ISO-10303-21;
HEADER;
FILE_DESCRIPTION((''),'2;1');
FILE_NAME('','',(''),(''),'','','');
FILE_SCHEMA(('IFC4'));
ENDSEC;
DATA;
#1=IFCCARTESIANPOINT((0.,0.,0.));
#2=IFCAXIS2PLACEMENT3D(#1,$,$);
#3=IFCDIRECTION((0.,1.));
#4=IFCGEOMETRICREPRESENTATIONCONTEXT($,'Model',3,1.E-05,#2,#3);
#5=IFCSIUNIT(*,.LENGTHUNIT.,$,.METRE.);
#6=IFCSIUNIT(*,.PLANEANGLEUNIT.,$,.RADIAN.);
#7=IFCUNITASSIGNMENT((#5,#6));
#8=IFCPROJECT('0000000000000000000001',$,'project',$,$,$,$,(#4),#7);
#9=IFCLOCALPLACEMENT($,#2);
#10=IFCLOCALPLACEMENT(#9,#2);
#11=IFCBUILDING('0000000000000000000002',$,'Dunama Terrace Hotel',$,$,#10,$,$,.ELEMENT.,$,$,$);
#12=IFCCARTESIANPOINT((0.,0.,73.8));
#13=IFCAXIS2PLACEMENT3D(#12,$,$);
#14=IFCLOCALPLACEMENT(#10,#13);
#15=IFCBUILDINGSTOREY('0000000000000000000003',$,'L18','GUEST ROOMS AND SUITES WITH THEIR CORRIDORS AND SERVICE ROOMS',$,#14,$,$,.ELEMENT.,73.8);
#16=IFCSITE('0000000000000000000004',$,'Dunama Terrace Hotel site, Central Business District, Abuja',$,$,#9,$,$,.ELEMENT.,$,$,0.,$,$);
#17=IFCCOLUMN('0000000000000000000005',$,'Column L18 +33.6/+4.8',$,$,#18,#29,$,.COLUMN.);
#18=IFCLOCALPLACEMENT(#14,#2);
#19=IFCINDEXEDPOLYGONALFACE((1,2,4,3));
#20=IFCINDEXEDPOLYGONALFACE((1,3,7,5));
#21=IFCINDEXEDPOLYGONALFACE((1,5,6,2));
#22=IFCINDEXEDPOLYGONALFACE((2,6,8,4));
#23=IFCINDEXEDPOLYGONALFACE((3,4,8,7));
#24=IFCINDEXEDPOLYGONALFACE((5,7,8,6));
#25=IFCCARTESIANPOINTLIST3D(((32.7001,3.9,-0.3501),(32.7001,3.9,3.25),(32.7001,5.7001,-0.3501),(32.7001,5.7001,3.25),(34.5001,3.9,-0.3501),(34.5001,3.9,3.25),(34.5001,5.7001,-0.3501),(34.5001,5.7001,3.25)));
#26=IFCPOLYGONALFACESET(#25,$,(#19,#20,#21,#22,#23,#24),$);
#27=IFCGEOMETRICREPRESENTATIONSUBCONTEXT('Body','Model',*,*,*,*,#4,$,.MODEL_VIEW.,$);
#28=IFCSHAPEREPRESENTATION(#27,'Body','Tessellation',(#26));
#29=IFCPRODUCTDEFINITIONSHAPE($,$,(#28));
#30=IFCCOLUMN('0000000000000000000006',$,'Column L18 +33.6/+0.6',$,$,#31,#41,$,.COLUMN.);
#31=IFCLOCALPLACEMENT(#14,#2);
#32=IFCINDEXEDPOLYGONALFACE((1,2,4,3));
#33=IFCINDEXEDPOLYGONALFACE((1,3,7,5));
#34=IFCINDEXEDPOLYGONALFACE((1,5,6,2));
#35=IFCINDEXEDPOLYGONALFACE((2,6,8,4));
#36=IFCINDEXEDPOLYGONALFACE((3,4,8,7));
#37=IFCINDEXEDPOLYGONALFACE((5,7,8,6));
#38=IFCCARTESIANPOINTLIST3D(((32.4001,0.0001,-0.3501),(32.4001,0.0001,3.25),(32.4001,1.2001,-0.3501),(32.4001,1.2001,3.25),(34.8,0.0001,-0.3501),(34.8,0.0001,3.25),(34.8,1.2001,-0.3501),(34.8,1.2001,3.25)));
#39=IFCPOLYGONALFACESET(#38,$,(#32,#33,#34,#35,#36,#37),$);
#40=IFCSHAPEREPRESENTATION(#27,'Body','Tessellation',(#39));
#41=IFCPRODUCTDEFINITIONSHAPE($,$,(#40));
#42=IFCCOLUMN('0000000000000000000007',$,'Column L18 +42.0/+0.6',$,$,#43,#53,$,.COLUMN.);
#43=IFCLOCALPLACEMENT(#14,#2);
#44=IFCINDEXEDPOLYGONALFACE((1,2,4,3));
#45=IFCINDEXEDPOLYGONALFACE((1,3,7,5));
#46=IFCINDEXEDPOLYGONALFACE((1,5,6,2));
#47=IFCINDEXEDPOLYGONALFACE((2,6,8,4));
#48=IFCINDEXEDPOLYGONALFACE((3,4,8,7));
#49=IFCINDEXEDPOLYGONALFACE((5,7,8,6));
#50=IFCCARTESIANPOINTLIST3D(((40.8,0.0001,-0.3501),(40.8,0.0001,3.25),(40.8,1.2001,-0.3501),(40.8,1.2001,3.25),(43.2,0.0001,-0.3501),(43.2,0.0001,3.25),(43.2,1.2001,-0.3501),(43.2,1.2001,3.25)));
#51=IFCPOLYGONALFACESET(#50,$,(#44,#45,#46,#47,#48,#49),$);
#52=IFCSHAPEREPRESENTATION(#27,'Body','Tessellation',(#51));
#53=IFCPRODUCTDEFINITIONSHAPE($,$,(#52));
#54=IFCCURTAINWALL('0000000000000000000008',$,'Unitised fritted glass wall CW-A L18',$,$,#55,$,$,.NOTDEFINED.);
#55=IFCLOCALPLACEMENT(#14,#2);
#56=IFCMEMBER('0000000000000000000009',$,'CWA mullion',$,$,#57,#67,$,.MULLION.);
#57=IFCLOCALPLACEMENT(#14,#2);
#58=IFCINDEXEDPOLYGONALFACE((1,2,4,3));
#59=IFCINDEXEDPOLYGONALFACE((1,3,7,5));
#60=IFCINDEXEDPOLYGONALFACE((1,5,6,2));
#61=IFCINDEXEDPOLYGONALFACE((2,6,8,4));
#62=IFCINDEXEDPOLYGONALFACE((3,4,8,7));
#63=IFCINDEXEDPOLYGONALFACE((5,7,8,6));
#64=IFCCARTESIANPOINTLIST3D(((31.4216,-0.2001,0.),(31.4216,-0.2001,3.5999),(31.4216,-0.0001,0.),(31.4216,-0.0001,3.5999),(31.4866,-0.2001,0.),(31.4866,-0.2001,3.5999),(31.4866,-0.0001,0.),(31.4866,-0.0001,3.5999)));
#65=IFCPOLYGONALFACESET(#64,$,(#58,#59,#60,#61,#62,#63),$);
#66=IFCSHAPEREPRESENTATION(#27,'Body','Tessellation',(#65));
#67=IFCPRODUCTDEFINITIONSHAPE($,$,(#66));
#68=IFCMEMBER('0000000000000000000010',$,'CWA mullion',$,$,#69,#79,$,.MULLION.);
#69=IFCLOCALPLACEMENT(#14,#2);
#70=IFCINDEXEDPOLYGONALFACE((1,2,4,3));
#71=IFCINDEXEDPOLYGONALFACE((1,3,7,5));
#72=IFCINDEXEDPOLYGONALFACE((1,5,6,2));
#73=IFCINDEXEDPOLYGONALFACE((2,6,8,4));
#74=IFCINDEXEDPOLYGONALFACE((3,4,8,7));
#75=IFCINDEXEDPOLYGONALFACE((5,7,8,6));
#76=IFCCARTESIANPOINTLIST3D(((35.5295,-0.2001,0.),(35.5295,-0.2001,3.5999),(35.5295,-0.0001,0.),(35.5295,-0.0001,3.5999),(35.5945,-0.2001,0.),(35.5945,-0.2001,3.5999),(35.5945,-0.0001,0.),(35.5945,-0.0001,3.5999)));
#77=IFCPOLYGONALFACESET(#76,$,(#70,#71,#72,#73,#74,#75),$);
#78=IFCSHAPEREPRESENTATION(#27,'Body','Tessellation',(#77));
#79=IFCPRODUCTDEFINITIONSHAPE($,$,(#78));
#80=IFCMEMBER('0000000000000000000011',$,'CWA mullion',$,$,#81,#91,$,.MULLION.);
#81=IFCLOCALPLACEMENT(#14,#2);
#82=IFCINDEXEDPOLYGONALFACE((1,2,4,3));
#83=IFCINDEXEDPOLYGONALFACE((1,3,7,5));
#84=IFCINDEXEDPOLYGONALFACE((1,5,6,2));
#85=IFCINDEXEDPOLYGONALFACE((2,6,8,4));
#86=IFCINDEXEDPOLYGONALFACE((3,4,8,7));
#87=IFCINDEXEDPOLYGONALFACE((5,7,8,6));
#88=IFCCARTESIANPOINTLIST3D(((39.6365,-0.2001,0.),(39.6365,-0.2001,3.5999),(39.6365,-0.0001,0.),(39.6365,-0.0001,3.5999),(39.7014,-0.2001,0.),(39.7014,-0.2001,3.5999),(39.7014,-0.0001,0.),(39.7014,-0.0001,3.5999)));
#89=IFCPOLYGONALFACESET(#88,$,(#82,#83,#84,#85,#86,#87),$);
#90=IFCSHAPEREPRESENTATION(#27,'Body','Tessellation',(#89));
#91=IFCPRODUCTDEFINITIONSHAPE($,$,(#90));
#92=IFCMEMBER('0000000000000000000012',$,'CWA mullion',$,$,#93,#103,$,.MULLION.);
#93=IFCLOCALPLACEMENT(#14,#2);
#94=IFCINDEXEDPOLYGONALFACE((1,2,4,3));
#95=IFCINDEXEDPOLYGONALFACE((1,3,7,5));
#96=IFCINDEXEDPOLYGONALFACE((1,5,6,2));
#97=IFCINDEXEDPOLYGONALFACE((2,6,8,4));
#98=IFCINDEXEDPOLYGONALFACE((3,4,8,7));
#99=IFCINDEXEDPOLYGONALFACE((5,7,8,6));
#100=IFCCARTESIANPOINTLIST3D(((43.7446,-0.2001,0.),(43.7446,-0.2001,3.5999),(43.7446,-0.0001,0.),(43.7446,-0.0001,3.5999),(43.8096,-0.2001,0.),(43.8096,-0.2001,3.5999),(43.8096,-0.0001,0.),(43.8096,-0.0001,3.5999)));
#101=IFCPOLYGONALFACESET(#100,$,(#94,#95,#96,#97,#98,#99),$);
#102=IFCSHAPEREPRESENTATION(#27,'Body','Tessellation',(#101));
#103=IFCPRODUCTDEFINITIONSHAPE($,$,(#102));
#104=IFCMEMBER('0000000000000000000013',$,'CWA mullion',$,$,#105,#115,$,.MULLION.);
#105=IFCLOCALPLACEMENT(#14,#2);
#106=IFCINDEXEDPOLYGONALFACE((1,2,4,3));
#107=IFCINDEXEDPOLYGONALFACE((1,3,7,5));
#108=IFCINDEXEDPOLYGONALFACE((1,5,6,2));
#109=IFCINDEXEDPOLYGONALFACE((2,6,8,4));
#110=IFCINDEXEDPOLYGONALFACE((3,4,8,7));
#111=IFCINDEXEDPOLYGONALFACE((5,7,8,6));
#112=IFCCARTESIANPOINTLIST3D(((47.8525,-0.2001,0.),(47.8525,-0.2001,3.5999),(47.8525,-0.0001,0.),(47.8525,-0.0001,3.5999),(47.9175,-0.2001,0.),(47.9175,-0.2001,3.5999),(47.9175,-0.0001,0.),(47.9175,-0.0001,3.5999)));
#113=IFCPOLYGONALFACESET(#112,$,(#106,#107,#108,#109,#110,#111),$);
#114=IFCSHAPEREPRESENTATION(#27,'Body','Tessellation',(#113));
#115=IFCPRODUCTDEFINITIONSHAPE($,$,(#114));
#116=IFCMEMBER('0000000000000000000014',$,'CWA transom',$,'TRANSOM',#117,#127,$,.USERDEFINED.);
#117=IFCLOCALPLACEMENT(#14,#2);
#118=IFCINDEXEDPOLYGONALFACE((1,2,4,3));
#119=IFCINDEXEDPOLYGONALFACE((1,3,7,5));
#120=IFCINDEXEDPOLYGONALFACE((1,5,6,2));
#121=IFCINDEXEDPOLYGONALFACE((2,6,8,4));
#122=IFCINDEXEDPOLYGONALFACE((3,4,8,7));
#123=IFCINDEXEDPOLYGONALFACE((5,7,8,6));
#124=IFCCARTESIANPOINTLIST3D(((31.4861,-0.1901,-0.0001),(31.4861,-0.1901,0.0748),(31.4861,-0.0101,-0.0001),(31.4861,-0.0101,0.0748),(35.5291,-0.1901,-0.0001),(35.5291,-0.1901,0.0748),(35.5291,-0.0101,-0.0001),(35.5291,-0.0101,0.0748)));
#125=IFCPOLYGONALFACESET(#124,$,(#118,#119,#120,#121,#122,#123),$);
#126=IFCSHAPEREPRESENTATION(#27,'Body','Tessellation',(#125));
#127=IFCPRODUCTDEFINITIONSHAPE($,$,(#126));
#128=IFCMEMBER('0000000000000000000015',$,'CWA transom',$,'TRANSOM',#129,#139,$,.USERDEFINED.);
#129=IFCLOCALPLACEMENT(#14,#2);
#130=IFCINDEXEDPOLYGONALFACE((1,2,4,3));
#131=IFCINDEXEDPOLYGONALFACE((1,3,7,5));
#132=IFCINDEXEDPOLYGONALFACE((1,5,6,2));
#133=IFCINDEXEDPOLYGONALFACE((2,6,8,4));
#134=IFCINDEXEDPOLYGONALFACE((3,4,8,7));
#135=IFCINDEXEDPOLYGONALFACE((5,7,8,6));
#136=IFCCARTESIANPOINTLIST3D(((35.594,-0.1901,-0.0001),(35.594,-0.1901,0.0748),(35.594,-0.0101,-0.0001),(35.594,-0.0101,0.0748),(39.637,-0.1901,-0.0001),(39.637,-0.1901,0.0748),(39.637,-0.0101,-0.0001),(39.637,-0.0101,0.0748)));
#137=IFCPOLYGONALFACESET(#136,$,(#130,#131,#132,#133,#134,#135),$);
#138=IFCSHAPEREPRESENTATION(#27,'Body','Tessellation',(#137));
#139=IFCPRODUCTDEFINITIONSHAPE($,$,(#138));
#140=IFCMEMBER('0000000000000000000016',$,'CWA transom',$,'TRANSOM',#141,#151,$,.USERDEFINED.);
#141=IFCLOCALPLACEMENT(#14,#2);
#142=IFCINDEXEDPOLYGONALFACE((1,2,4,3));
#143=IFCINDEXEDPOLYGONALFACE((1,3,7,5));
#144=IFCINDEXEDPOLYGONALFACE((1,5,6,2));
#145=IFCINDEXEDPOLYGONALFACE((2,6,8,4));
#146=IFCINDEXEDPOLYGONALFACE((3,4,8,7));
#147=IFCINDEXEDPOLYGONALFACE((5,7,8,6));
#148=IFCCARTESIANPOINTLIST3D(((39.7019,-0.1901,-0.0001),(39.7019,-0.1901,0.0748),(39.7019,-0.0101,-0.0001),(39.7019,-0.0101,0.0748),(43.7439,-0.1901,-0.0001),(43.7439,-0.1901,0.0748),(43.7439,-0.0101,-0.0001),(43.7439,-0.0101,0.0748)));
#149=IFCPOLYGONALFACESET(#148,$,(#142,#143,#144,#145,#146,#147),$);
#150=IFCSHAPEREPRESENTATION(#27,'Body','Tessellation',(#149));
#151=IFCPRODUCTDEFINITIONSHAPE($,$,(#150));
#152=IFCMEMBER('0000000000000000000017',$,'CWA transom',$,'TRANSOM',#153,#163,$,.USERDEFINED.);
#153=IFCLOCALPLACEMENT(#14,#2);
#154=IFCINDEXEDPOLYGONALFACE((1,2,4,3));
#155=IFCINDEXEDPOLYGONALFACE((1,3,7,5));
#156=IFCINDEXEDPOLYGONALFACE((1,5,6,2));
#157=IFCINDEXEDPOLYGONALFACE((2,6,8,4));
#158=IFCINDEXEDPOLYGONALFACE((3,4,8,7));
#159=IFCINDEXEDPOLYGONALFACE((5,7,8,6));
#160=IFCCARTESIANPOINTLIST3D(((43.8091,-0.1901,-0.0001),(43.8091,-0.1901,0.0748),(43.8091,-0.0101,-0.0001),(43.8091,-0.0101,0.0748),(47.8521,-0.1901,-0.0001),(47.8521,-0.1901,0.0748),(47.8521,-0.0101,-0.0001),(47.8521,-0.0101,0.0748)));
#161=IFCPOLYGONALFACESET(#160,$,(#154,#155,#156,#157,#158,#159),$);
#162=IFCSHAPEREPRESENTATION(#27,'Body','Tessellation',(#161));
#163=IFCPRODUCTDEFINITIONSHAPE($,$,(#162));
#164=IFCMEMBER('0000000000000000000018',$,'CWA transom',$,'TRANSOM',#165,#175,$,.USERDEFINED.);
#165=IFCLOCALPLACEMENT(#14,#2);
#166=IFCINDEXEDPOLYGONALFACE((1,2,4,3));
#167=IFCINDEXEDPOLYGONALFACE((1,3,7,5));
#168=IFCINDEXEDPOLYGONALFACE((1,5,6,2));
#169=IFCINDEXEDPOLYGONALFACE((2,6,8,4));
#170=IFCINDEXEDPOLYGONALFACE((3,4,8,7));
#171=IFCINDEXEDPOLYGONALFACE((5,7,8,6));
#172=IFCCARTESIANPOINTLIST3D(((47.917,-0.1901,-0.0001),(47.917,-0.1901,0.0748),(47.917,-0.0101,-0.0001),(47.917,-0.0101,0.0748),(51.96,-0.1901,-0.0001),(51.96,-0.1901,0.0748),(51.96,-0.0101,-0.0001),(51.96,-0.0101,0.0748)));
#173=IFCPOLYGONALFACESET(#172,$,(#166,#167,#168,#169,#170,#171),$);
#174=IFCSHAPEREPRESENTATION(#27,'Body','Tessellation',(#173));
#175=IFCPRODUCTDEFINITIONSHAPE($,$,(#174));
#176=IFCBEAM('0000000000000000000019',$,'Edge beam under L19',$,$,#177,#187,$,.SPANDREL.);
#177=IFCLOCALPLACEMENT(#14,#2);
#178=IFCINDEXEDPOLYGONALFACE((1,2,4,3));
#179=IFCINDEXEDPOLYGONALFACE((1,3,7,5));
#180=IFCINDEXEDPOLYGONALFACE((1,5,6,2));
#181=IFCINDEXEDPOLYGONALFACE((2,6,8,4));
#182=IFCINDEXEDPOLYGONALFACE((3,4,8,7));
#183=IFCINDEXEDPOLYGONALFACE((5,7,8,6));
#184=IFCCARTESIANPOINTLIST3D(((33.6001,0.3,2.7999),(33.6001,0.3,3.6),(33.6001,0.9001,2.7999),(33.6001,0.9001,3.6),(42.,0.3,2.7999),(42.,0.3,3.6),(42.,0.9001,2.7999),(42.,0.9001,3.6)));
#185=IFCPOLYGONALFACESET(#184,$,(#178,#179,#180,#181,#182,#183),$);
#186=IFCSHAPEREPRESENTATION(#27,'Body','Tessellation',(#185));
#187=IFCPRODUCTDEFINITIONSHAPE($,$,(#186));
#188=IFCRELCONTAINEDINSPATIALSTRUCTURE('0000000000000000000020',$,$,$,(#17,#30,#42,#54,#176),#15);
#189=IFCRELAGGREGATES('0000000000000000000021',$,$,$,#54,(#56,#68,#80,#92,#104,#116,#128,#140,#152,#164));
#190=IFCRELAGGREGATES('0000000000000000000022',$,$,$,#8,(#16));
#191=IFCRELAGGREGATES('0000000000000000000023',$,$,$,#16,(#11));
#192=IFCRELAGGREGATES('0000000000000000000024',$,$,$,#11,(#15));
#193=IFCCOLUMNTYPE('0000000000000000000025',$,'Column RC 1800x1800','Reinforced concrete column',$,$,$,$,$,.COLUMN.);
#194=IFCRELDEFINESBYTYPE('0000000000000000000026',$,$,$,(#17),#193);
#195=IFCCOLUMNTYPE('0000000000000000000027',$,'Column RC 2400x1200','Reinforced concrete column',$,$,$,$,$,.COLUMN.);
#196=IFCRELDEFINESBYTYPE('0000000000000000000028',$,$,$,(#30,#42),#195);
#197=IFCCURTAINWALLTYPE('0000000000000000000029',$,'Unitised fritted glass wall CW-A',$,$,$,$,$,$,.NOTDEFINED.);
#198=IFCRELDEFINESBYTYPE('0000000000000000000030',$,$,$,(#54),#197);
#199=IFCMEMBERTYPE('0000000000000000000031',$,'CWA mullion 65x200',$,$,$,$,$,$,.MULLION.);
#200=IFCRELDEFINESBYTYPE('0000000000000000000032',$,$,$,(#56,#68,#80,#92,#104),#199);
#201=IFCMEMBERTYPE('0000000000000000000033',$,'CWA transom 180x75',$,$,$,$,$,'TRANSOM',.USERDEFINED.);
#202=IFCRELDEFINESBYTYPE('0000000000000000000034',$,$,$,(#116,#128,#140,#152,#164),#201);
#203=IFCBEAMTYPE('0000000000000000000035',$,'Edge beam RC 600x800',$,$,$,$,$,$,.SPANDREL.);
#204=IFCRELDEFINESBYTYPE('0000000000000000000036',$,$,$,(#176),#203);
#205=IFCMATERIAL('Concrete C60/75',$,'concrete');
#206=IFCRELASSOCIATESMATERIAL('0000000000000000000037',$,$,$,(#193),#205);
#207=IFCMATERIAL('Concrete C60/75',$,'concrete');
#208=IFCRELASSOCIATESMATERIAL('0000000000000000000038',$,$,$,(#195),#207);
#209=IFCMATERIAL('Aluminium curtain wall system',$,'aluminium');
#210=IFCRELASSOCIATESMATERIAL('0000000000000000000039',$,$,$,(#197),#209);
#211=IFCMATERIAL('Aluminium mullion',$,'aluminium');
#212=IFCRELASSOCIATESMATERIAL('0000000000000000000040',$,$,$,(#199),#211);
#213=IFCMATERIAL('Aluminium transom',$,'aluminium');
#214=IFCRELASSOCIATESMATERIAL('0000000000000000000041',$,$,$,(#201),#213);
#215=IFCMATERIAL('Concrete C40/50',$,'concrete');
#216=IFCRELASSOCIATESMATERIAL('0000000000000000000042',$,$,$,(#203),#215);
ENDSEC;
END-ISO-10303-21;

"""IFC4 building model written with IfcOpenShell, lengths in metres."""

from ifc_helpers import new_model, si_unit, direction, frame, origin, origin_2d, place, context, subcontext, project, spatial, rectangle, extrude, material, material_profile, profile_set, type_object, element, aggregate, save


model = new_model("IFC4")

# Units and contexts
model_context = context("Model", 3, precision=1e-05, world=origin(), true_north=direction((0.0, 1.0)))
body_context = subcontext(model_context, "Body", "Model", "MODEL_VIEW")
ifc_project = project(units=[si_unit("LENGTHUNIT", "METRE"), si_unit("PLANEANGLEUNIT", "RADIAN")], contexts=[model_context])

# Site, building, storey
site_placement = place(None, origin())
site = spatial("IfcSite", under=ifc_project, at=site_placement, Name="Dunama Terrace Hotel site, Central Business District, Abuja", CompositionType="ELEMENT", RefElevation=0.0)
building_placement = place(site_placement, origin())
building = spatial("IfcBuilding", under=site, at=building_placement, Name="Dunama Terrace Hotel", CompositionType="ELEMENT")
storey_placement = place(building_placement, frame((0.0, 0.0, 73.8)))
storey = spatial("IfcBuildingStorey", under=building, at=storey_placement, Name="L18", Description="GUEST ROOMS AND SUITES WITH THEIR CORRIDORS AND SERVICE ROOMS", CompositionType="ELEMENT", Elevation=73.8)

# Columns
ifc_material_1 = material(Name="Concrete C60/75", Category="concrete")
ifc_material_profile_1 = material_profile(ifc_material_1, rectangle(XDim=1.8, YDim=1.8, at=origin_2d()), Name="RC 1800x1800")
ifc_profile_set_1 = profile_set([ifc_material_profile_1], Name="Concrete C60/75")
column_type_1 = type_object("IfcColumnType", Name="Column RC 1800x1800", Description="Reinforced concrete column", PredefinedType="COLUMN", material=ifc_profile_set_1)
column_placement = place(storey_placement, frame((33.6001, 4.8, -0.3501), z_axis=(0.0, 0.0, 1.0), x_axis=(1.0, 0.0, 0.0)))
element("IfcColumn", 1, at=column_placement, inside=storey, type_object=column_type_1, Name="Column L18 +33.6/+4.8", PredefinedType="COLUMN", context=body_context, shape_type="SweptSolid", body=[
    extrude(rectangle(XDim=1.8, YDim=1.8, at=origin_2d()), origin(), (0.0, 0.0, 1.0), 3.6001),
])
ifc_material_2 = material(Name="Concrete C60/75", Category="concrete")
ifc_material_profile_2 = material_profile(ifc_material_2, rectangle(XDim=2.3999, YDim=1.2, at=origin_2d()), Name="RC 2400x1200")
ifc_profile_set_2 = profile_set([ifc_material_profile_2], Name="Concrete C60/75")
column_type_2 = type_object("IfcColumnType", Name="Column RC 2400x1200", Description="Reinforced concrete column", PredefinedType="COLUMN", material=ifc_profile_set_2)
for number, where, z_axis, x_axis, name in (
    (2, (33.6001, 0.6001, -0.3501), (0.0, 0.0, 1.0), (1.0, 0.0, 0.0), "Column L18 +33.6/+0.6"),
    (3, (42.0, 0.6001, -0.3501), (0.0, 0.0, 1.0), (1.0, 0.0, 0.0), "Column L18 +42.0/+0.6"),
):
    element("IfcColumn", number, at=place(storey_placement, frame(where, z_axis=z_axis, x_axis=x_axis)), inside=storey, type_object=column_type_2, Name=name, PredefinedType="COLUMN", context=body_context, shape_type="SweptSolid", body=[
        extrude(rectangle(XDim=2.3999, YDim=1.2, at=origin_2d()), origin(), (0.0, 0.0, 1.0), 3.6001),
    ])

# Curtain wall, members
ifc_material_3 = material(Name="Aluminium curtain wall system", Category="aluminium")
curtain_wall_type = type_object("IfcCurtainWallType", Name="Unitised fritted glass wall CW-A", PredefinedType="NOTDEFINED", material=ifc_material_3)
curtain_wall_placement = place(storey_placement, origin())
curtain_wall = element("IfcCurtainWall", 4, at=curtain_wall_placement, inside=storey, type_object=curtain_wall_type, Name="Unitised fritted glass wall CW-A L18", PredefinedType="NOTDEFINED")
ifc_material_4 = material(Name="Aluminium mullion", Category="aluminium")
ifc_material_profile_3 = material_profile(ifc_material_4, rectangle(XDim=0.0649, YDim=0.2, at=origin_2d()), Name="CWA MULLION 65X200")
ifc_profile_set_3 = profile_set([ifc_material_profile_3], Name="Aluminium mullion")
member_type_1 = type_object("IfcMemberType", Name="CWA mullion 65x200", PredefinedType="MULLION", material=ifc_profile_set_3)
member_1_placement = place(storey_placement, frame((31.4541, -0.1001, 0.0), z_axis=(0.0, 0.0, 1.0), x_axis=(1.0, 0.0, 0.0)))
member_1 = element("IfcMember", 5, at=member_1_placement, type_object=member_type_1, Name="CWA mullion", PredefinedType="MULLION", context=body_context, shape_type="SweptSolid", body=[
    extrude(rectangle(XDim=0.0649, YDim=0.2, at=origin_2d()), origin(), (0.0, 0.0, 1.0), 3.5999),
])
member_2_placement = place(storey_placement, frame((35.562, -0.1001, 0.0), z_axis=(0.0, 0.0, 1.0), x_axis=(1.0, 0.0, 0.0)))
member_2 = element("IfcMember", 6, at=member_2_placement, type_object=member_type_1, Name="CWA mullion", PredefinedType="MULLION", context=body_context, shape_type="SweptSolid", body=[
    extrude(rectangle(XDim=0.0649, YDim=0.2, at=origin_2d()), origin(), (0.0, 0.0, 1.0), 3.5999),
])
member_3_placement = place(storey_placement, frame((39.6689, -0.1001, 0.0), z_axis=(0.0, 0.0, 1.0), x_axis=(1.0, 0.0, 0.0)))
member_3 = element("IfcMember", 7, at=member_3_placement, type_object=member_type_1, Name="CWA mullion", PredefinedType="MULLION", context=body_context, shape_type="SweptSolid", body=[
    extrude(rectangle(XDim=0.0649, YDim=0.2, at=origin_2d()), origin(), (0.0, 0.0, 1.0), 3.5999),
])
member_4_placement = place(storey_placement, frame((43.7771, -0.1001, 0.0), z_axis=(0.0, 0.0, 1.0), x_axis=(1.0, 0.0, 0.0)))
member_4 = element("IfcMember", 8, at=member_4_placement, type_object=member_type_1, Name="CWA mullion", PredefinedType="MULLION", context=body_context, shape_type="SweptSolid", body=[
    extrude(rectangle(XDim=0.0649, YDim=0.2, at=origin_2d()), origin(), (0.0, 0.0, 1.0), 3.5999),
])
member_5_placement = place(storey_placement, frame((47.885, -0.1001, 0.0), z_axis=(0.0, 0.0, 1.0), x_axis=(1.0, 0.0, 0.0)))
member_5 = element("IfcMember", 9, at=member_5_placement, type_object=member_type_1, Name="CWA mullion", PredefinedType="MULLION", context=body_context, shape_type="SweptSolid", body=[
    extrude(rectangle(XDim=0.0649, YDim=0.2, at=origin_2d()), origin(), (0.0, 0.0, 1.0), 3.5999),
])
ifc_material_5 = material(Name="Aluminium transom", Category="aluminium")
ifc_material_profile_4 = material_profile(ifc_material_5, rectangle(XDim=0.1799, YDim=0.075, at=origin_2d()), Name="CWA TRANSOM 180X75")
ifc_profile_set_4 = profile_set([ifc_material_profile_4], Name="Aluminium transom")
member_type_2 = type_object("IfcMemberType", Name="CWA transom 180x75", ElementType="TRANSOM", PredefinedType="USERDEFINED", material=ifc_profile_set_4)
member_6_placement = place(storey_placement, frame((31.4861, -0.1001, 0.0374), z_axis=(1.0, 0.0, 0.0), x_axis=(0.0, 1.0, 0.0)))
member_6 = element("IfcMember", 10, at=member_6_placement, type_object=member_type_2, Name="CWA transom", ObjectType="TRANSOM", PredefinedType="USERDEFINED", context=body_context, shape_type="SweptSolid", body=[
    extrude(rectangle(XDim=0.1799, YDim=0.075, at=origin_2d()), origin(), (0.0, 0.0, 1.0), 4.043),
])
member_7_placement = place(storey_placement, frame((35.594, -0.1001, 0.0374), z_axis=(1.0, 0.0, 0.0), x_axis=(0.0, 1.0, 0.0)))
member_7 = element("IfcMember", 11, at=member_7_placement, type_object=member_type_2, Name="CWA transom", ObjectType="TRANSOM", PredefinedType="USERDEFINED", context=body_context, shape_type="SweptSolid", body=[
    extrude(rectangle(XDim=0.1799, YDim=0.075, at=origin_2d()), origin(), (0.0, 0.0, 1.0), 4.043),
])
member_8_placement = place(storey_placement, frame((39.7019, -0.1001, 0.0374), z_axis=(1.0, 0.0, 0.0), x_axis=(0.0, 1.0, 0.0)))
member_8 = element("IfcMember", 12, at=member_8_placement, type_object=member_type_2, Name="CWA transom", ObjectType="TRANSOM", PredefinedType="USERDEFINED", context=body_context, shape_type="SweptSolid", body=[
    extrude(rectangle(XDim=0.1799, YDim=0.075, at=origin_2d()), origin(), (0.0, 0.0, 1.0), 4.042),
])
member_9_placement = place(storey_placement, frame((43.8091, -0.1001, 0.0374), z_axis=(1.0, 0.0, 0.0), x_axis=(0.0, 1.0, 0.0)))
member_9 = element("IfcMember", 13, at=member_9_placement, type_object=member_type_2, Name="CWA transom", ObjectType="TRANSOM", PredefinedType="USERDEFINED", context=body_context, shape_type="SweptSolid", body=[
    extrude(rectangle(XDim=0.1799, YDim=0.075, at=origin_2d()), origin(), (0.0, 0.0, 1.0), 4.043),
])
member_10_placement = place(storey_placement, frame((47.917, -0.1001, 0.0374), z_axis=(1.0, 0.0, 0.0), x_axis=(0.0, 1.0, 0.0)))
member_10 = element("IfcMember", 14, at=member_10_placement, type_object=member_type_2, Name="CWA transom", ObjectType="TRANSOM", PredefinedType="USERDEFINED", context=body_context, shape_type="SweptSolid", body=[
    extrude(rectangle(XDim=0.1799, YDim=0.075, at=origin_2d()), origin(), (0.0, 0.0, 1.0), 4.043),
])

# Beam
ifc_material_6 = material(Name="Concrete C40/50", Category="concrete")
ifc_material_profile_5 = material_profile(ifc_material_6, rectangle(XDim=0.6001, YDim=0.8, at=origin_2d()), Name="RC 600x800")
ifc_profile_set_5 = profile_set([ifc_material_profile_5], Name="Concrete C40/50")
beam_type = type_object("IfcBeamType", Name="Edge beam RC 600x800", PredefinedType="SPANDREL", material=ifc_profile_set_5)
for number, where, z_axis, x_axis, name in (
    (15, (33.6001, 0.6001, 3.2), (1.0, 0.0, 0.0), (0.0, 1.0, 0.0), "Edge beam under L19"),
):
    element("IfcBeam", number, at=place(storey_placement, frame(where, z_axis=z_axis, x_axis=x_axis)), inside=storey, type_object=beam_type, Name=name, PredefinedType="SPANDREL", context=body_context, shape_type="SweptSolid", body=[
        extrude(rectangle(XDim=0.6001, YDim=0.8, at=origin_2d()), origin(), (0.0, 0.0, 1.0), 8.3999),
    ])

aggregate(curtain_wall, [member_1, member_2, member_3, member_4, member_5, member_6, member_7, member_8, member_9, member_10])

save(model, "model.ifc")
